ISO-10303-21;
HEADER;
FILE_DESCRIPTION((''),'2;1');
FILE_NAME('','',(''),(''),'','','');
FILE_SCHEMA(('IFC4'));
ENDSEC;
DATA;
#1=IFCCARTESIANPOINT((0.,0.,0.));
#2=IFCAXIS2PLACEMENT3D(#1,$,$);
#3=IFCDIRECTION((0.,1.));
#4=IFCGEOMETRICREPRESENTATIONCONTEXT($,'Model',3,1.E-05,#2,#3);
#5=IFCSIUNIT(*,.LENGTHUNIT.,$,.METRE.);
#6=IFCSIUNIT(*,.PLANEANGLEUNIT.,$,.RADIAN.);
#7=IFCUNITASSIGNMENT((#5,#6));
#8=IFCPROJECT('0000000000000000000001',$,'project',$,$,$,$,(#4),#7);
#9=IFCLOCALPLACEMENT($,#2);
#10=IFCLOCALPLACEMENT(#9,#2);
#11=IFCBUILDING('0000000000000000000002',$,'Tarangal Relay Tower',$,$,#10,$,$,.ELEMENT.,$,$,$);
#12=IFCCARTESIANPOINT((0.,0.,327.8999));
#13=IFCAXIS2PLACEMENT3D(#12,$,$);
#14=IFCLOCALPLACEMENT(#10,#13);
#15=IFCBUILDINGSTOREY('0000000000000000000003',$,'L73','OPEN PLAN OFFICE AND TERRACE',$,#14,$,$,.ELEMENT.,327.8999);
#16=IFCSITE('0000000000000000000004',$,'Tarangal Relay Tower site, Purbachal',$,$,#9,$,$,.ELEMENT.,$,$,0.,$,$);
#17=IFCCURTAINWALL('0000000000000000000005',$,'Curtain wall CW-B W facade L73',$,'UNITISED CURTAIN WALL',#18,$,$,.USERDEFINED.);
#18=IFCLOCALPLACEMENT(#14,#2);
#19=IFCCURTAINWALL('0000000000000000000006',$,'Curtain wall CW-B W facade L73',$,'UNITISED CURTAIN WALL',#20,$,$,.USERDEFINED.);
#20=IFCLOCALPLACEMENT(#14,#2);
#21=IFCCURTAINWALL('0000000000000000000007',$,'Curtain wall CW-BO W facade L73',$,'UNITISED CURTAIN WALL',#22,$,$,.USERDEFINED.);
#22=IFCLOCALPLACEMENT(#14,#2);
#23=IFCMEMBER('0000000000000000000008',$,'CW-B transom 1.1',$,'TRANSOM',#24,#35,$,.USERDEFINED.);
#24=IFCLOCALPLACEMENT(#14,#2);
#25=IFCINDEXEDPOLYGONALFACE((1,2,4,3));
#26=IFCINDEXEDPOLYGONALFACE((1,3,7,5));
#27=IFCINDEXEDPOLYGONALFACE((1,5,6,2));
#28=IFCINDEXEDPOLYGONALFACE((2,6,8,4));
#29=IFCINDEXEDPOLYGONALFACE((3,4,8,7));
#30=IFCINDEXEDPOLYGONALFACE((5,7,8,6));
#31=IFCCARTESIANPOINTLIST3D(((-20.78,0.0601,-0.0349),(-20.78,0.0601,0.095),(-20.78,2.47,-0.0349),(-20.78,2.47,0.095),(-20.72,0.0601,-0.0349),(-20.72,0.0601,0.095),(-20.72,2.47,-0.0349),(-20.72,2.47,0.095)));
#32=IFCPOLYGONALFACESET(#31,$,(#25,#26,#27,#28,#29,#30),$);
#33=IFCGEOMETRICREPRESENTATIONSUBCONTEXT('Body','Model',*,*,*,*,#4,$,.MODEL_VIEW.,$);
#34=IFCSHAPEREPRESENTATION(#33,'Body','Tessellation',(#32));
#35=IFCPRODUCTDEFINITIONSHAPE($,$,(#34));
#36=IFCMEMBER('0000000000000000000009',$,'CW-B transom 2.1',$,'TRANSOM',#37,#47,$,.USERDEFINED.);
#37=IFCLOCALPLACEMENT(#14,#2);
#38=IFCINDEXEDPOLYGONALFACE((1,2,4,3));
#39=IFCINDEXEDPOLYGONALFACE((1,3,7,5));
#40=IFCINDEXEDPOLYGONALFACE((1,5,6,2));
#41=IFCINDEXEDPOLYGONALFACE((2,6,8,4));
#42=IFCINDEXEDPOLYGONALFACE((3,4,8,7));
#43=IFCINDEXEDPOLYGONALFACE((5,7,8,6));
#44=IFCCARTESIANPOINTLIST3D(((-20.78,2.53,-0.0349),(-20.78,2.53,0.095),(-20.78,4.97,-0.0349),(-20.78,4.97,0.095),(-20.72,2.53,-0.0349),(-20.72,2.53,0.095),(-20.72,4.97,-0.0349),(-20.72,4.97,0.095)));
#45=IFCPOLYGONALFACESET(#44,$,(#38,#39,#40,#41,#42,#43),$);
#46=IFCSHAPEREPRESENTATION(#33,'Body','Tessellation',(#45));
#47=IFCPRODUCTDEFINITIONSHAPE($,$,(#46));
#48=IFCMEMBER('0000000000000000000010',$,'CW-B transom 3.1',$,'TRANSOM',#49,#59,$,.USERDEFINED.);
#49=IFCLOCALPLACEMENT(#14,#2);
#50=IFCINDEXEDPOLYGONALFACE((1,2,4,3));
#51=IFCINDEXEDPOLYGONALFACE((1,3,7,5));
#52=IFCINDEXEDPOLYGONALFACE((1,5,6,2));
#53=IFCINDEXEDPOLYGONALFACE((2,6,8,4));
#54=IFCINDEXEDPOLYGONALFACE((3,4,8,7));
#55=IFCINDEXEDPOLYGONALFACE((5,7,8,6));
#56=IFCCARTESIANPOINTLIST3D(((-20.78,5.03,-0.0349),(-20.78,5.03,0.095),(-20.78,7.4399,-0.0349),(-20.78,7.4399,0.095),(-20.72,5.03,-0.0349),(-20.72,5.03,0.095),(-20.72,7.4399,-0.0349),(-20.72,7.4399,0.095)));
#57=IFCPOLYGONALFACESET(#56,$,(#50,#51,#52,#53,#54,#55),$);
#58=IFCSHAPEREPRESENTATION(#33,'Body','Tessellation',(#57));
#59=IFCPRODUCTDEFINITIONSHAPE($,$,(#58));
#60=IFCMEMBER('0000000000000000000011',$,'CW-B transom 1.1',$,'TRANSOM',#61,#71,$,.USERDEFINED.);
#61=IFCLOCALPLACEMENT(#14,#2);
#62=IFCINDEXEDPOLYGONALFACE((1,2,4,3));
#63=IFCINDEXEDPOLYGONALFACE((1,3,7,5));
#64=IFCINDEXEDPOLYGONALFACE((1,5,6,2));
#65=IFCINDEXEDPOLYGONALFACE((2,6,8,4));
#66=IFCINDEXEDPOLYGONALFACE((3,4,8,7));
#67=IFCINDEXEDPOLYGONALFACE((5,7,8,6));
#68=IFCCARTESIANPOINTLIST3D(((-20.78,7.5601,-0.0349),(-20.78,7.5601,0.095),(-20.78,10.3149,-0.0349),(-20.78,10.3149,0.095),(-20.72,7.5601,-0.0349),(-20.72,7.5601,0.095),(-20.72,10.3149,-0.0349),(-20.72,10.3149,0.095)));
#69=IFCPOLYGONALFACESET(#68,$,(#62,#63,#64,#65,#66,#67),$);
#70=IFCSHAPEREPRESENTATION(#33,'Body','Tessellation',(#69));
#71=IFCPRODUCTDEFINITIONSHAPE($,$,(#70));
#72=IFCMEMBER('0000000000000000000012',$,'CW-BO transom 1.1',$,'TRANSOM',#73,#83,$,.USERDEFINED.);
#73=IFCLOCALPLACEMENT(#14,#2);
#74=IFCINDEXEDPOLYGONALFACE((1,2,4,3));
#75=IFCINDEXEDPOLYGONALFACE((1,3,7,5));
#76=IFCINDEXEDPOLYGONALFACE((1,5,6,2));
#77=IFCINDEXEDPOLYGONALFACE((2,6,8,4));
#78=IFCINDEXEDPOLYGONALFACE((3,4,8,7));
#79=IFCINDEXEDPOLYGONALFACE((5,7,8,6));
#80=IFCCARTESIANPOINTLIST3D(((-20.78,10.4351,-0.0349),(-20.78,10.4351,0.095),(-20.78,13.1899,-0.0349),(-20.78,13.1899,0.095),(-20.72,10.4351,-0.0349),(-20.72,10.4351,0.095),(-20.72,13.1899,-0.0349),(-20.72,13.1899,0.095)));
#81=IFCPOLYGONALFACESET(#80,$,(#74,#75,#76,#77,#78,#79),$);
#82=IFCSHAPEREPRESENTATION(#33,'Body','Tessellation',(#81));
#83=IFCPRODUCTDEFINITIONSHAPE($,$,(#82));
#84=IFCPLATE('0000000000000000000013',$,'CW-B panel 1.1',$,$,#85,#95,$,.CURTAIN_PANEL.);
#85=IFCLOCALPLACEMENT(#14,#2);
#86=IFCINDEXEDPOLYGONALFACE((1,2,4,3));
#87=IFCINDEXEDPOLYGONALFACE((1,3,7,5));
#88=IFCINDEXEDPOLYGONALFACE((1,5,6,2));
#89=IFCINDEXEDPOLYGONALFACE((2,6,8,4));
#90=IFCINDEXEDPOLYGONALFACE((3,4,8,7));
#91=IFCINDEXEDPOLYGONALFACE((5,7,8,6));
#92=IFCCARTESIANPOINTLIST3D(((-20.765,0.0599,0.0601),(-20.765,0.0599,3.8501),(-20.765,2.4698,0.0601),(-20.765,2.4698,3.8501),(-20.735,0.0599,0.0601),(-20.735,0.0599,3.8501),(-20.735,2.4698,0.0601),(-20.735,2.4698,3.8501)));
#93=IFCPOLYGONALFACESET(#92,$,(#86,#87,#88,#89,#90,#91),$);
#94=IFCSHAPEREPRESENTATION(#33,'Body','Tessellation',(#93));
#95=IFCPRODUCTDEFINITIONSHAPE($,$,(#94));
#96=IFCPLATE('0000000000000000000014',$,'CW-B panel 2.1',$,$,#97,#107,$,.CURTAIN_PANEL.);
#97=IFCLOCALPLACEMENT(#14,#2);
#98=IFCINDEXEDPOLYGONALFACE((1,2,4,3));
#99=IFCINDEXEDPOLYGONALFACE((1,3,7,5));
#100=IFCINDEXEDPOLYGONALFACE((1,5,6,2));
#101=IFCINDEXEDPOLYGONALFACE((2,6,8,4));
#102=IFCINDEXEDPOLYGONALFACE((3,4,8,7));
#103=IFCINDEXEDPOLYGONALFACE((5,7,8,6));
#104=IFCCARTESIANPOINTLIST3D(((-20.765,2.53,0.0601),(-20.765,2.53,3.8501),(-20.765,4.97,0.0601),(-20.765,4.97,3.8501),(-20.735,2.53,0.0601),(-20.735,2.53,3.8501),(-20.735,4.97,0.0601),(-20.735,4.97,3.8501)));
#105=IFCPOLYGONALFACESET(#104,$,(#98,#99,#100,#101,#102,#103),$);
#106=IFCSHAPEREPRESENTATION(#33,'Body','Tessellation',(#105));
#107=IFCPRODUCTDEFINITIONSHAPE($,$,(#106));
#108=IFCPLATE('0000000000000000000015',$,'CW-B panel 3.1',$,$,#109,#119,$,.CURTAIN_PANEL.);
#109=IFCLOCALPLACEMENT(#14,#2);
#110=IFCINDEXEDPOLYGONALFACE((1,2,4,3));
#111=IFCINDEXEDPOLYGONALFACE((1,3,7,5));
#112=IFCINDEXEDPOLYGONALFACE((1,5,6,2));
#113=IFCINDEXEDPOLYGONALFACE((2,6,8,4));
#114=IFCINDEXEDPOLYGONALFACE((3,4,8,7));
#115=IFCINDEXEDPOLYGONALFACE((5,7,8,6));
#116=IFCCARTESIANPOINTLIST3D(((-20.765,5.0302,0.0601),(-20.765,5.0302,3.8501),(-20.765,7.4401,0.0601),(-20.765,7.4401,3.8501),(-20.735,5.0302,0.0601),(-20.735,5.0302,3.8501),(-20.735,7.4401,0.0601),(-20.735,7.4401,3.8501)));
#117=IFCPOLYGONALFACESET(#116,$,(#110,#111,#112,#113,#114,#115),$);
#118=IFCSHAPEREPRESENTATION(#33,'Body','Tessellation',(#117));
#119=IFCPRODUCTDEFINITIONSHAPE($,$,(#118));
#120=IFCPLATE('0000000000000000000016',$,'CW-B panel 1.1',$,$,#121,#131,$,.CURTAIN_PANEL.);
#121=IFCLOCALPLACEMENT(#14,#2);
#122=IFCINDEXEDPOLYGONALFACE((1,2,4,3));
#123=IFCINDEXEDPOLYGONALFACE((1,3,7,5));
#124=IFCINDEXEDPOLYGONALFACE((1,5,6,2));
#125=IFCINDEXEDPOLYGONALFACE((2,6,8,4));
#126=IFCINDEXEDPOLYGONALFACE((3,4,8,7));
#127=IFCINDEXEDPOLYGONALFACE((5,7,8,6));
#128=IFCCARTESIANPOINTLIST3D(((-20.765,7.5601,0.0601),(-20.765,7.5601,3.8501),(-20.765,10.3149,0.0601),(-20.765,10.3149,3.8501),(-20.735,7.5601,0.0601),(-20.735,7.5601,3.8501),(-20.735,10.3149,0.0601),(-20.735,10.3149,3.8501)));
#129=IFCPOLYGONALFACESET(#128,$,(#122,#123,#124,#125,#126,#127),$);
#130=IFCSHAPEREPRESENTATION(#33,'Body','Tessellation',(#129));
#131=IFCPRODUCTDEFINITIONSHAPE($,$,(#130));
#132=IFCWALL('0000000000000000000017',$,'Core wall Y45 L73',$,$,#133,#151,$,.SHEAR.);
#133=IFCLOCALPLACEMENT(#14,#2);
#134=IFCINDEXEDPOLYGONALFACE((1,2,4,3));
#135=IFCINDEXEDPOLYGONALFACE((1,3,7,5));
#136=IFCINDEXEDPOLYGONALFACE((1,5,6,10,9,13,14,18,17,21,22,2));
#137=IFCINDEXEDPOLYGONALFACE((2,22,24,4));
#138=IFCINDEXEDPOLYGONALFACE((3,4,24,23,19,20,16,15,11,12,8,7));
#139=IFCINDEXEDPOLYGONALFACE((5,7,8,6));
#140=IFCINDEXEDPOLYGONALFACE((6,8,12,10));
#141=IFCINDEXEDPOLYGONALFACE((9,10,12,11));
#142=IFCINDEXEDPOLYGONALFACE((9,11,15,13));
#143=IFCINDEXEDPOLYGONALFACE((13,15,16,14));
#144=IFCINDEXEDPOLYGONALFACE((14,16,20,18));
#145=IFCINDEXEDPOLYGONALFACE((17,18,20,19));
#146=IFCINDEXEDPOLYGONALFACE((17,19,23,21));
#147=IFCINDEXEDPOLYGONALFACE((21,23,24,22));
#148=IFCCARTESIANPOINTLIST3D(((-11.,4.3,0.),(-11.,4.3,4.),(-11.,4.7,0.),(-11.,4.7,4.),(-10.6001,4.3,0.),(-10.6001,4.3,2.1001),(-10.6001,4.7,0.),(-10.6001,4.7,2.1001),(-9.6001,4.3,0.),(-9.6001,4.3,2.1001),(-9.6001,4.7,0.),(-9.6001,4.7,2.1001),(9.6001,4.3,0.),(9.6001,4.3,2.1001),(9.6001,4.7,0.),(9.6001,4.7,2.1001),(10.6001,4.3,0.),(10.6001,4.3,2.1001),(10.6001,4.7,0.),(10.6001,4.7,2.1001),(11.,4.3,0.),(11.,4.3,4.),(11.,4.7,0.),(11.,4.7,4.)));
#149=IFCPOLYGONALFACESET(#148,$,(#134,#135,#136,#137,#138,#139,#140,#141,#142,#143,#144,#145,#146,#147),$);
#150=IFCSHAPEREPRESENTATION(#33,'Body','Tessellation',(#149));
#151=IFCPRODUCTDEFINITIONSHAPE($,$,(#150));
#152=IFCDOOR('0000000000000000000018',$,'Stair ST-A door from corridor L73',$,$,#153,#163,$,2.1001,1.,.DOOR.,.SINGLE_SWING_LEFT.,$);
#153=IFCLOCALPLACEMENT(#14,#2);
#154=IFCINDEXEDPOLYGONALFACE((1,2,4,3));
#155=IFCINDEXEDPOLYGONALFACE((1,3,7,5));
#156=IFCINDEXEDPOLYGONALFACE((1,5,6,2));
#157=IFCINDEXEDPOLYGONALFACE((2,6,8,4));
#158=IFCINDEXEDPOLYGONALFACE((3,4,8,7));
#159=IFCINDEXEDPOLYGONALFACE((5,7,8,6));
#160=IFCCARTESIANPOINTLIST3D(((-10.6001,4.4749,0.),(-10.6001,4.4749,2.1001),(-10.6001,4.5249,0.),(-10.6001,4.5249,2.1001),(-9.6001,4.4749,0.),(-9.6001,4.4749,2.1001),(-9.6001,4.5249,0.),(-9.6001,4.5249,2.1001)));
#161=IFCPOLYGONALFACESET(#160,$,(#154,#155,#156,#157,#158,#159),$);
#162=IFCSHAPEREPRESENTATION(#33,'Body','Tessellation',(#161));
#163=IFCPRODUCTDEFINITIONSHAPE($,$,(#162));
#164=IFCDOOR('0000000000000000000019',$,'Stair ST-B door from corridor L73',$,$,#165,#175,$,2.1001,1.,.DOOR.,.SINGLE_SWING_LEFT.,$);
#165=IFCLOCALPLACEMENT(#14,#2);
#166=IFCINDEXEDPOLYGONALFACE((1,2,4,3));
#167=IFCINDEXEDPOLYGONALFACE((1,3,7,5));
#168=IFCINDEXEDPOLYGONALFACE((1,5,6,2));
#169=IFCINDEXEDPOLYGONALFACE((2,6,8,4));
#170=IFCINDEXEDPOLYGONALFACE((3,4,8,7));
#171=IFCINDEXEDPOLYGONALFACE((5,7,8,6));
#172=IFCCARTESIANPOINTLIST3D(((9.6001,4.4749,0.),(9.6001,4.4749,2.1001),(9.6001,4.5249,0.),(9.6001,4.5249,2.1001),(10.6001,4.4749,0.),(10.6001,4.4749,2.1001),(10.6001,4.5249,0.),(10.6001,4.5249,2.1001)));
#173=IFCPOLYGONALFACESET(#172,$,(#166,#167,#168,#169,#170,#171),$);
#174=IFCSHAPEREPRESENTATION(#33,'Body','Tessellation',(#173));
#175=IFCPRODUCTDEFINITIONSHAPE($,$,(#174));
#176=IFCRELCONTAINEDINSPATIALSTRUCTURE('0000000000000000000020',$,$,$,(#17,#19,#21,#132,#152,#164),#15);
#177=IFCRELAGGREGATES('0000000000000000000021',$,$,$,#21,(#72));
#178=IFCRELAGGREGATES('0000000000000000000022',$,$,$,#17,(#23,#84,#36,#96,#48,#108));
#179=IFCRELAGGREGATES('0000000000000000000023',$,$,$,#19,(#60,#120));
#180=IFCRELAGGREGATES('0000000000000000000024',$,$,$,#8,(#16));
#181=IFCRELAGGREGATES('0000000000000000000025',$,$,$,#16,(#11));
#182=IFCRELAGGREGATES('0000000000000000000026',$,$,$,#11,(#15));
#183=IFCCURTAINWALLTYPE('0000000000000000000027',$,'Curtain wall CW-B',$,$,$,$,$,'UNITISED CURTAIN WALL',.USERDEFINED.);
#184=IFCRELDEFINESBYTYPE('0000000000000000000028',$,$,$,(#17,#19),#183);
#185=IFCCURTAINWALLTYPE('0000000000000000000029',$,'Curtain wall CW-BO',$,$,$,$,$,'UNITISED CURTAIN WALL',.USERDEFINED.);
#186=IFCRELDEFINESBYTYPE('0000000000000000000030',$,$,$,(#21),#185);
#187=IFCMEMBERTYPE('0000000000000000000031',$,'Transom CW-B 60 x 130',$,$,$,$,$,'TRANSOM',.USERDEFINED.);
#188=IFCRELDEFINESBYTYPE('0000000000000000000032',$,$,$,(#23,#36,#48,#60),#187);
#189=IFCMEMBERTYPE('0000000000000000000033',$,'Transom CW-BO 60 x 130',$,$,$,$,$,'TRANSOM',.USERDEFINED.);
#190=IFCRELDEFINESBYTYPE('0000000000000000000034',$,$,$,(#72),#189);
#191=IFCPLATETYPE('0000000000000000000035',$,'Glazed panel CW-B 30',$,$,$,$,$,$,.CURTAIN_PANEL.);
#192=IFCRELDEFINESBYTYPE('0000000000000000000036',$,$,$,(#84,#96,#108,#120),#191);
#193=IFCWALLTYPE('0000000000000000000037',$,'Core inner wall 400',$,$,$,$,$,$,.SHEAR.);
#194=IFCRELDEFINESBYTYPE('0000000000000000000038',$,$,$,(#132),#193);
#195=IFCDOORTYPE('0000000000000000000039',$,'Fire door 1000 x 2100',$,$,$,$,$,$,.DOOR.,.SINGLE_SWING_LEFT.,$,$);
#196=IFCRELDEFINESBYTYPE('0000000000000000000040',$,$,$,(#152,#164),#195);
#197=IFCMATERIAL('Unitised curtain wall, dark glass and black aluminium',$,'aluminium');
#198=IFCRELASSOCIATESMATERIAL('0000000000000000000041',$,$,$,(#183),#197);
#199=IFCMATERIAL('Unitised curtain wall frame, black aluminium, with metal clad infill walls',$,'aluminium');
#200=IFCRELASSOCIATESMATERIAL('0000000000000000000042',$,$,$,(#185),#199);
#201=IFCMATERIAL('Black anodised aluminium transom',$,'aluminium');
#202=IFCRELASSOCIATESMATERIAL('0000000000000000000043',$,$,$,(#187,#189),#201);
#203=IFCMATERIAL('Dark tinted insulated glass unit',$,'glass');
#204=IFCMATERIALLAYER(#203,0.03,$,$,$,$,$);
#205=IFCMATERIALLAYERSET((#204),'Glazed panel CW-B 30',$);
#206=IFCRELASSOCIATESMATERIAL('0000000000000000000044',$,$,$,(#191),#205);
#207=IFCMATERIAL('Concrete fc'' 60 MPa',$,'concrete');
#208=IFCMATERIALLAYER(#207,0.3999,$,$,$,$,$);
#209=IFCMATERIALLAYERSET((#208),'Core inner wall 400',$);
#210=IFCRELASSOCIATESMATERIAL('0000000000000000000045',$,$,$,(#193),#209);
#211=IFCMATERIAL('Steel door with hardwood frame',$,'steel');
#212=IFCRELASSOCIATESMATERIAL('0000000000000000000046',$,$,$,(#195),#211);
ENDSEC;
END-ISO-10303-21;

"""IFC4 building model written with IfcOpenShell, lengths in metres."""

from ifc_helpers import new_model, si_unit, direction, frame, frame_2d, origin, origin_2d, place, context, subcontext, project, spatial, rectangle, extrude, material, layer, layer_set, material_profile, profile_set, type_object, element, fill, aggregate, save


model = new_model("IFC4")

# Units and contexts
model_context = context("Model", 3, precision=1e-05, world=origin(), true_north=direction((0.0, 1.0)))
body_context = subcontext(model_context, "Body", "Model", "MODEL_VIEW")
ifc_project = project(units=[si_unit("LENGTHUNIT", "METRE"), si_unit("PLANEANGLEUNIT", "RADIAN")], contexts=[model_context])

# Site, building, storey
site_placement = place(None, origin())
site = spatial("IfcSite", under=ifc_project, at=site_placement, Name="Tarangal Relay Tower site, Purbachal", CompositionType="ELEMENT", RefElevation=0.0)
building_placement = place(site_placement, origin())
building = spatial("IfcBuilding", under=site, at=building_placement, Name="Tarangal Relay Tower", CompositionType="ELEMENT")
storey_placement = place(building_placement, frame((0.0, 0.0, 327.8999)))
storey = spatial("IfcBuildingStorey", under=building, at=storey_placement, Name="L73", Description="OPEN PLAN OFFICE AND TERRACE", CompositionType="ELEMENT", Elevation=327.8999)

# Curtain walls
ifc_material_1 = material(Name="Unitised curtain wall, dark glass and black aluminium", Category="aluminium")
curtain_wall_type_1 = type_object("IfcCurtainWallType", Name="Curtain wall CW-B", ElementType="UNITISED CURTAIN WALL", PredefinedType="USERDEFINED", material=ifc_material_1)
curtain_wall_1_placement = place(storey_placement, origin())
curtain_wall_1 = element("IfcCurtainWall", 1, at=curtain_wall_1_placement, inside=storey, type_object=curtain_wall_type_1, Name="Curtain wall CW-B W facade L73", ObjectType="UNITISED CURTAIN WALL", PredefinedType="USERDEFINED")
curtain_wall_2_placement = place(storey_placement, origin())
curtain_wall_2 = element("IfcCurtainWall", 2, at=curtain_wall_2_placement, inside=storey, type_object=curtain_wall_type_1, Name="Curtain wall CW-B W facade L73", ObjectType="UNITISED CURTAIN WALL", PredefinedType="USERDEFINED")

# Curtain wall
ifc_material_2 = material(Name="Unitised curtain wall frame, black aluminium, with metal clad infill walls", Category="aluminium")
curtain_wall_type_2 = type_object("IfcCurtainWallType", Name="Curtain wall CW-BO", ElementType="UNITISED CURTAIN WALL", PredefinedType="USERDEFINED", material=ifc_material_2)
curtain_wall_3_placement = place(storey_placement, origin())
curtain_wall_3 = element("IfcCurtainWall", 3, at=curtain_wall_3_placement, inside=storey, type_object=curtain_wall_type_2, Name="Curtain wall CW-BO W facade L73", ObjectType="UNITISED CURTAIN WALL", PredefinedType="USERDEFINED")

# Members
ifc_material_3 = material(Name="Black anodised aluminium transom", Category="aluminium")
ifc_material_profile_1 = material_profile(ifc_material_3, rectangle(XDim=0.0601, YDim=0.1299, at=origin_2d()), Name="CW-BT 60X130")
ifc_profile_set_1 = profile_set([ifc_material_profile_1], Name="Black anodised aluminium transom")
member_type_1 = type_object("IfcMemberType", Name="Transom CW-B 60 x 130", ElementType="TRANSOM", PredefinedType="USERDEFINED", material=ifc_profile_set_1)
member_1_placement = place(storey_placement, frame((-20.75, 0.0601, 0.03), z_axis=(0.0, 1.0, 0.0), x_axis=(-1.0, 0.0, 0.0)))
member_1 = element("IfcMember", 4, at=member_1_placement, type_object=member_type_1, Name="CW-B transom 1.1", ObjectType="TRANSOM", PredefinedType="USERDEFINED", context=body_context, shape_type="SweptSolid", body=[
    extrude(rectangle(XDim=0.0601, YDim=0.1299, at=origin_2d()), origin(), (0.0, 0.0, 1.0), 2.4099),
])
member_2_placement = place(storey_placement, frame((-20.75, 2.53, 0.03), z_axis=(0.0, 1.0, 0.0), x_axis=(-1.0, 0.0, 0.0)))
member_2 = element("IfcMember", 5, at=member_2_placement, type_object=member_type_1, Name="CW-B transom 2.1", ObjectType="TRANSOM", PredefinedType="USERDEFINED", context=body_context, shape_type="SweptSolid", body=[
    extrude(rectangle(XDim=0.0601, YDim=0.1299, at=origin_2d()), origin(), (0.0, 0.0, 1.0), 2.4399),
])
member_3_placement = place(storey_placement, frame((-20.75, 5.03, 0.03), z_axis=(0.0, 1.0, 0.0), x_axis=(-1.0, 0.0, 0.0)))
member_3 = element("IfcMember", 6, at=member_3_placement, type_object=member_type_1, Name="CW-B transom 3.1", ObjectType="TRANSOM", PredefinedType="USERDEFINED", context=body_context, shape_type="SweptSolid", body=[
    extrude(rectangle(XDim=0.0601, YDim=0.1299, at=origin_2d()), origin(), (0.0, 0.0, 1.0), 2.4099),
])
member_4_placement = place(storey_placement, frame((-20.75, 7.5601, 0.03), z_axis=(0.0, 1.0, 0.0), x_axis=(-1.0, 0.0, 0.0)))
member_4 = element("IfcMember", 7, at=member_4_placement, type_object=member_type_1, Name="CW-B transom 1.1", ObjectType="TRANSOM", PredefinedType="USERDEFINED", context=body_context, shape_type="SweptSolid", body=[
    extrude(rectangle(XDim=0.0601, YDim=0.1299, at=origin_2d()), origin(), (0.0, 0.0, 1.0), 2.7549),
])
ifc_material_profile_2 = material_profile(ifc_material_3, rectangle(XDim=0.0601, YDim=0.1299, at=origin_2d()), Name="CW-BOT 60X130")
ifc_profile_set_2 = profile_set([ifc_material_profile_2], Name="Black anodised aluminium transom")
member_type_2 = type_object("IfcMemberType", Name="Transom CW-BO 60 x 130", ElementType="TRANSOM", PredefinedType="USERDEFINED", material=ifc_profile_set_2)
member_5_placement = place(storey_placement, frame((-20.75, 10.4351, 0.03), z_axis=(0.0, 1.0, 0.0), x_axis=(-1.0, 0.0, 0.0)))
member_5 = element("IfcMember", 8, at=member_5_placement, type_object=member_type_2, Name="CW-BO transom 1.1", ObjectType="TRANSOM", PredefinedType="USERDEFINED", context=body_context, shape_type="SweptSolid", body=[
    extrude(rectangle(XDim=0.0601, YDim=0.1299, at=origin_2d()), origin(), (0.0, 0.0, 1.0), 2.7549),
])
aggregate(curtain_wall_3, [member_5])

# Plates
ifc_material_4 = material(Name="Dark tinted insulated glass unit", Category="glass")
ifc_layer_1 = layer(ifc_material_4, 0.03)
ifc_layer_set_1 = layer_set([ifc_layer_1], Name="Glazed panel CW-B 30")
plate_type = type_object("IfcPlateType", Name="Glazed panel CW-B 30", PredefinedType="CURTAIN_PANEL", material=ifc_layer_set_1)
plate_1_placement = place(storey_placement, frame((-20.75, 1.2649, 0.0601), z_axis=(0.0, 0.0, 1.0), x_axis=(0.0, 1.0, 0.0)))
plate_1 = element("IfcPlate", 9, at=plate_1_placement, type_object=plate_type, Name="CW-B panel 1.1", PredefinedType="CURTAIN_PANEL", context=body_context, shape_type="SweptSolid", body=[
    extrude(rectangle(XDim=2.4099, YDim=0.03, at=origin_2d()), origin(), (0.0, 0.0, 1.0), 3.79),
])
plate_2_placement = place(storey_placement, frame((-20.75, 3.75, 0.0601), z_axis=(0.0, 0.0, 1.0), x_axis=(0.0, 1.0, 0.0)))
plate_2 = element("IfcPlate", 10, at=plate_2_placement, type_object=plate_type, Name="CW-B panel 2.1", PredefinedType="CURTAIN_PANEL", context=body_context, shape_type="SweptSolid", body=[
    extrude(rectangle(XDim=2.4399, YDim=0.03, at=origin_2d()), origin(), (0.0, 0.0, 1.0), 3.79),
])
plate_3_placement = place(storey_placement, frame((-20.75, 6.2351, 0.0601), z_axis=(0.0, 0.0, 1.0), x_axis=(0.0, 1.0, 0.0)))
plate_3 = element("IfcPlate", 11, at=plate_3_placement, type_object=plate_type, Name="CW-B panel 3.1", PredefinedType="CURTAIN_PANEL", context=body_context, shape_type="SweptSolid", body=[
    extrude(rectangle(XDim=2.4099, YDim=0.03, at=origin_2d()), origin(), (0.0, 0.0, 1.0), 3.79),
])
aggregate(curtain_wall_1, [member_1, plate_1, member_2, plate_2, member_3, plate_3])
plate_4_placement = place(storey_placement, frame((-20.75, 8.9375, 0.0601), z_axis=(0.0, 0.0, 1.0), x_axis=(0.0, 1.0, 0.0)))
plate_4 = element("IfcPlate", 12, at=plate_4_placement, type_object=plate_type, Name="CW-B panel 1.1", PredefinedType="CURTAIN_PANEL", context=body_context, shape_type="SweptSolid", body=[
    extrude(rectangle(XDim=2.7549, YDim=0.03, at=origin_2d()), origin(), (0.0, 0.0, 1.0), 3.79),
])
aggregate(curtain_wall_2, [member_4, plate_4])

# Wall, openings, doors
ifc_material_5 = material(Name="Concrete fc' 60 MPa", Category="concrete")
ifc_layer_2 = layer(ifc_material_5, 0.3999)
ifc_layer_set_2 = layer_set([ifc_layer_2], Name="Core inner wall 400")
wall_type_1 = type_object("IfcWallType", Name="Core inner wall 400", PredefinedType="SHEAR", material=ifc_layer_set_2)
wall_1_placement = place(storey_placement, frame((-11.0, 4.5, 0.0), z_axis=(0.0, 0.0, 1.0), x_axis=(1.0, 0.0, 0.0)))
wall_1 = element("IfcWall", 13, at=wall_1_placement, inside=storey, type_object=wall_type_1, Name="Core wall Y45 L73", PredefinedType="SHEAR", context=body_context, shape_type="SweptSolid", body=[
    extrude(rectangle(XDim=22.0, YDim=0.3999, at=frame_2d((11.0, 0.0))), origin(), (0.0, 0.0, 1.0), 4.0),
])
opening_1_placement = place(wall_1_placement, frame((0.3999, 0.0, 0.0)))
opening_1 = element("IfcOpeningElement", 14, at=opening_1_placement, cuts=wall_1, PredefinedType="OPENING", context=body_context, shape_type="SweptSolid", body=[
    extrude(rectangle(XDim=1.0, YDim=2.1001, at=frame_2d((0.5, 1.05))), frame((0.0, 0.21, 0.0), z_axis=(0.0, -1.0, 0.0), x_axis=(1.0, 0.0, 0.0)), (0.0, 0.0, 1.0), 0.4199),
])
opening_2_placement = place(wall_1_placement, frame((20.6001, 0.0, 0.0)))
opening_2 = element("IfcOpeningElement", 15, at=opening_2_placement, cuts=wall_1, PredefinedType="OPENING", context=body_context, shape_type="SweptSolid", body=[
    extrude(rectangle(XDim=1.0, YDim=2.1001, at=frame_2d((0.5, 1.05))), frame((0.0, 0.21, 0.0), z_axis=(0.0, -1.0, 0.0), x_axis=(1.0, 0.0, 0.0)), (0.0, 0.0, 1.0), 0.4199),
])
ifc_material_6 = material(Name="Steel door with hardwood frame", Category="steel")
door_type_1 = type_object("IfcDoorType", Name="Fire door 1000 x 2100", OperationType="SINGLE_SWING_LEFT", PredefinedType="DOOR", material=ifc_material_6)
door_1_placement = place(opening_1_placement, origin())
door_1 = element("IfcDoor", 16, at=door_1_placement, inside=storey, type_object=door_type_1, Name="Stair ST-A door from corridor L73", OperationType="SINGLE_SWING_LEFT", OverallHeight=2.1001, OverallWidth=1.0, PredefinedType="DOOR", context=body_context, shape_type="SweptSolid", body=[
    extrude(rectangle(XDim=1.0, YDim=2.1001, at=frame_2d((0.5, 1.05))), frame((0.0, 0.0249, 0.0), z_axis=(0.0, -1.0, 0.0), x_axis=(1.0, 0.0, 0.0)), (0.0, 0.0, 1.0), 0.05),
])
fill(opening_1, door_1)
door_2_placement = place(opening_2_placement, origin())
door_2 = element("IfcDoor", 17, at=door_2_placement, inside=storey, type_object=door_type_1, Name="Stair ST-B door from corridor L73", OperationType="SINGLE_SWING_LEFT", OverallHeight=2.1001, OverallWidth=1.0, PredefinedType="DOOR", context=body_context, shape_type="SweptSolid", body=[
    extrude(rectangle(XDim=1.0, YDim=2.1001, at=frame_2d((0.5, 1.05))), frame((0.0, 0.0249, 0.0), z_axis=(0.0, -1.0, 0.0), x_axis=(1.0, 0.0, 0.0)), (0.0, 0.0, 1.0), 0.05),
])
fill(opening_2, door_2)

save(model, "model.ifc")
